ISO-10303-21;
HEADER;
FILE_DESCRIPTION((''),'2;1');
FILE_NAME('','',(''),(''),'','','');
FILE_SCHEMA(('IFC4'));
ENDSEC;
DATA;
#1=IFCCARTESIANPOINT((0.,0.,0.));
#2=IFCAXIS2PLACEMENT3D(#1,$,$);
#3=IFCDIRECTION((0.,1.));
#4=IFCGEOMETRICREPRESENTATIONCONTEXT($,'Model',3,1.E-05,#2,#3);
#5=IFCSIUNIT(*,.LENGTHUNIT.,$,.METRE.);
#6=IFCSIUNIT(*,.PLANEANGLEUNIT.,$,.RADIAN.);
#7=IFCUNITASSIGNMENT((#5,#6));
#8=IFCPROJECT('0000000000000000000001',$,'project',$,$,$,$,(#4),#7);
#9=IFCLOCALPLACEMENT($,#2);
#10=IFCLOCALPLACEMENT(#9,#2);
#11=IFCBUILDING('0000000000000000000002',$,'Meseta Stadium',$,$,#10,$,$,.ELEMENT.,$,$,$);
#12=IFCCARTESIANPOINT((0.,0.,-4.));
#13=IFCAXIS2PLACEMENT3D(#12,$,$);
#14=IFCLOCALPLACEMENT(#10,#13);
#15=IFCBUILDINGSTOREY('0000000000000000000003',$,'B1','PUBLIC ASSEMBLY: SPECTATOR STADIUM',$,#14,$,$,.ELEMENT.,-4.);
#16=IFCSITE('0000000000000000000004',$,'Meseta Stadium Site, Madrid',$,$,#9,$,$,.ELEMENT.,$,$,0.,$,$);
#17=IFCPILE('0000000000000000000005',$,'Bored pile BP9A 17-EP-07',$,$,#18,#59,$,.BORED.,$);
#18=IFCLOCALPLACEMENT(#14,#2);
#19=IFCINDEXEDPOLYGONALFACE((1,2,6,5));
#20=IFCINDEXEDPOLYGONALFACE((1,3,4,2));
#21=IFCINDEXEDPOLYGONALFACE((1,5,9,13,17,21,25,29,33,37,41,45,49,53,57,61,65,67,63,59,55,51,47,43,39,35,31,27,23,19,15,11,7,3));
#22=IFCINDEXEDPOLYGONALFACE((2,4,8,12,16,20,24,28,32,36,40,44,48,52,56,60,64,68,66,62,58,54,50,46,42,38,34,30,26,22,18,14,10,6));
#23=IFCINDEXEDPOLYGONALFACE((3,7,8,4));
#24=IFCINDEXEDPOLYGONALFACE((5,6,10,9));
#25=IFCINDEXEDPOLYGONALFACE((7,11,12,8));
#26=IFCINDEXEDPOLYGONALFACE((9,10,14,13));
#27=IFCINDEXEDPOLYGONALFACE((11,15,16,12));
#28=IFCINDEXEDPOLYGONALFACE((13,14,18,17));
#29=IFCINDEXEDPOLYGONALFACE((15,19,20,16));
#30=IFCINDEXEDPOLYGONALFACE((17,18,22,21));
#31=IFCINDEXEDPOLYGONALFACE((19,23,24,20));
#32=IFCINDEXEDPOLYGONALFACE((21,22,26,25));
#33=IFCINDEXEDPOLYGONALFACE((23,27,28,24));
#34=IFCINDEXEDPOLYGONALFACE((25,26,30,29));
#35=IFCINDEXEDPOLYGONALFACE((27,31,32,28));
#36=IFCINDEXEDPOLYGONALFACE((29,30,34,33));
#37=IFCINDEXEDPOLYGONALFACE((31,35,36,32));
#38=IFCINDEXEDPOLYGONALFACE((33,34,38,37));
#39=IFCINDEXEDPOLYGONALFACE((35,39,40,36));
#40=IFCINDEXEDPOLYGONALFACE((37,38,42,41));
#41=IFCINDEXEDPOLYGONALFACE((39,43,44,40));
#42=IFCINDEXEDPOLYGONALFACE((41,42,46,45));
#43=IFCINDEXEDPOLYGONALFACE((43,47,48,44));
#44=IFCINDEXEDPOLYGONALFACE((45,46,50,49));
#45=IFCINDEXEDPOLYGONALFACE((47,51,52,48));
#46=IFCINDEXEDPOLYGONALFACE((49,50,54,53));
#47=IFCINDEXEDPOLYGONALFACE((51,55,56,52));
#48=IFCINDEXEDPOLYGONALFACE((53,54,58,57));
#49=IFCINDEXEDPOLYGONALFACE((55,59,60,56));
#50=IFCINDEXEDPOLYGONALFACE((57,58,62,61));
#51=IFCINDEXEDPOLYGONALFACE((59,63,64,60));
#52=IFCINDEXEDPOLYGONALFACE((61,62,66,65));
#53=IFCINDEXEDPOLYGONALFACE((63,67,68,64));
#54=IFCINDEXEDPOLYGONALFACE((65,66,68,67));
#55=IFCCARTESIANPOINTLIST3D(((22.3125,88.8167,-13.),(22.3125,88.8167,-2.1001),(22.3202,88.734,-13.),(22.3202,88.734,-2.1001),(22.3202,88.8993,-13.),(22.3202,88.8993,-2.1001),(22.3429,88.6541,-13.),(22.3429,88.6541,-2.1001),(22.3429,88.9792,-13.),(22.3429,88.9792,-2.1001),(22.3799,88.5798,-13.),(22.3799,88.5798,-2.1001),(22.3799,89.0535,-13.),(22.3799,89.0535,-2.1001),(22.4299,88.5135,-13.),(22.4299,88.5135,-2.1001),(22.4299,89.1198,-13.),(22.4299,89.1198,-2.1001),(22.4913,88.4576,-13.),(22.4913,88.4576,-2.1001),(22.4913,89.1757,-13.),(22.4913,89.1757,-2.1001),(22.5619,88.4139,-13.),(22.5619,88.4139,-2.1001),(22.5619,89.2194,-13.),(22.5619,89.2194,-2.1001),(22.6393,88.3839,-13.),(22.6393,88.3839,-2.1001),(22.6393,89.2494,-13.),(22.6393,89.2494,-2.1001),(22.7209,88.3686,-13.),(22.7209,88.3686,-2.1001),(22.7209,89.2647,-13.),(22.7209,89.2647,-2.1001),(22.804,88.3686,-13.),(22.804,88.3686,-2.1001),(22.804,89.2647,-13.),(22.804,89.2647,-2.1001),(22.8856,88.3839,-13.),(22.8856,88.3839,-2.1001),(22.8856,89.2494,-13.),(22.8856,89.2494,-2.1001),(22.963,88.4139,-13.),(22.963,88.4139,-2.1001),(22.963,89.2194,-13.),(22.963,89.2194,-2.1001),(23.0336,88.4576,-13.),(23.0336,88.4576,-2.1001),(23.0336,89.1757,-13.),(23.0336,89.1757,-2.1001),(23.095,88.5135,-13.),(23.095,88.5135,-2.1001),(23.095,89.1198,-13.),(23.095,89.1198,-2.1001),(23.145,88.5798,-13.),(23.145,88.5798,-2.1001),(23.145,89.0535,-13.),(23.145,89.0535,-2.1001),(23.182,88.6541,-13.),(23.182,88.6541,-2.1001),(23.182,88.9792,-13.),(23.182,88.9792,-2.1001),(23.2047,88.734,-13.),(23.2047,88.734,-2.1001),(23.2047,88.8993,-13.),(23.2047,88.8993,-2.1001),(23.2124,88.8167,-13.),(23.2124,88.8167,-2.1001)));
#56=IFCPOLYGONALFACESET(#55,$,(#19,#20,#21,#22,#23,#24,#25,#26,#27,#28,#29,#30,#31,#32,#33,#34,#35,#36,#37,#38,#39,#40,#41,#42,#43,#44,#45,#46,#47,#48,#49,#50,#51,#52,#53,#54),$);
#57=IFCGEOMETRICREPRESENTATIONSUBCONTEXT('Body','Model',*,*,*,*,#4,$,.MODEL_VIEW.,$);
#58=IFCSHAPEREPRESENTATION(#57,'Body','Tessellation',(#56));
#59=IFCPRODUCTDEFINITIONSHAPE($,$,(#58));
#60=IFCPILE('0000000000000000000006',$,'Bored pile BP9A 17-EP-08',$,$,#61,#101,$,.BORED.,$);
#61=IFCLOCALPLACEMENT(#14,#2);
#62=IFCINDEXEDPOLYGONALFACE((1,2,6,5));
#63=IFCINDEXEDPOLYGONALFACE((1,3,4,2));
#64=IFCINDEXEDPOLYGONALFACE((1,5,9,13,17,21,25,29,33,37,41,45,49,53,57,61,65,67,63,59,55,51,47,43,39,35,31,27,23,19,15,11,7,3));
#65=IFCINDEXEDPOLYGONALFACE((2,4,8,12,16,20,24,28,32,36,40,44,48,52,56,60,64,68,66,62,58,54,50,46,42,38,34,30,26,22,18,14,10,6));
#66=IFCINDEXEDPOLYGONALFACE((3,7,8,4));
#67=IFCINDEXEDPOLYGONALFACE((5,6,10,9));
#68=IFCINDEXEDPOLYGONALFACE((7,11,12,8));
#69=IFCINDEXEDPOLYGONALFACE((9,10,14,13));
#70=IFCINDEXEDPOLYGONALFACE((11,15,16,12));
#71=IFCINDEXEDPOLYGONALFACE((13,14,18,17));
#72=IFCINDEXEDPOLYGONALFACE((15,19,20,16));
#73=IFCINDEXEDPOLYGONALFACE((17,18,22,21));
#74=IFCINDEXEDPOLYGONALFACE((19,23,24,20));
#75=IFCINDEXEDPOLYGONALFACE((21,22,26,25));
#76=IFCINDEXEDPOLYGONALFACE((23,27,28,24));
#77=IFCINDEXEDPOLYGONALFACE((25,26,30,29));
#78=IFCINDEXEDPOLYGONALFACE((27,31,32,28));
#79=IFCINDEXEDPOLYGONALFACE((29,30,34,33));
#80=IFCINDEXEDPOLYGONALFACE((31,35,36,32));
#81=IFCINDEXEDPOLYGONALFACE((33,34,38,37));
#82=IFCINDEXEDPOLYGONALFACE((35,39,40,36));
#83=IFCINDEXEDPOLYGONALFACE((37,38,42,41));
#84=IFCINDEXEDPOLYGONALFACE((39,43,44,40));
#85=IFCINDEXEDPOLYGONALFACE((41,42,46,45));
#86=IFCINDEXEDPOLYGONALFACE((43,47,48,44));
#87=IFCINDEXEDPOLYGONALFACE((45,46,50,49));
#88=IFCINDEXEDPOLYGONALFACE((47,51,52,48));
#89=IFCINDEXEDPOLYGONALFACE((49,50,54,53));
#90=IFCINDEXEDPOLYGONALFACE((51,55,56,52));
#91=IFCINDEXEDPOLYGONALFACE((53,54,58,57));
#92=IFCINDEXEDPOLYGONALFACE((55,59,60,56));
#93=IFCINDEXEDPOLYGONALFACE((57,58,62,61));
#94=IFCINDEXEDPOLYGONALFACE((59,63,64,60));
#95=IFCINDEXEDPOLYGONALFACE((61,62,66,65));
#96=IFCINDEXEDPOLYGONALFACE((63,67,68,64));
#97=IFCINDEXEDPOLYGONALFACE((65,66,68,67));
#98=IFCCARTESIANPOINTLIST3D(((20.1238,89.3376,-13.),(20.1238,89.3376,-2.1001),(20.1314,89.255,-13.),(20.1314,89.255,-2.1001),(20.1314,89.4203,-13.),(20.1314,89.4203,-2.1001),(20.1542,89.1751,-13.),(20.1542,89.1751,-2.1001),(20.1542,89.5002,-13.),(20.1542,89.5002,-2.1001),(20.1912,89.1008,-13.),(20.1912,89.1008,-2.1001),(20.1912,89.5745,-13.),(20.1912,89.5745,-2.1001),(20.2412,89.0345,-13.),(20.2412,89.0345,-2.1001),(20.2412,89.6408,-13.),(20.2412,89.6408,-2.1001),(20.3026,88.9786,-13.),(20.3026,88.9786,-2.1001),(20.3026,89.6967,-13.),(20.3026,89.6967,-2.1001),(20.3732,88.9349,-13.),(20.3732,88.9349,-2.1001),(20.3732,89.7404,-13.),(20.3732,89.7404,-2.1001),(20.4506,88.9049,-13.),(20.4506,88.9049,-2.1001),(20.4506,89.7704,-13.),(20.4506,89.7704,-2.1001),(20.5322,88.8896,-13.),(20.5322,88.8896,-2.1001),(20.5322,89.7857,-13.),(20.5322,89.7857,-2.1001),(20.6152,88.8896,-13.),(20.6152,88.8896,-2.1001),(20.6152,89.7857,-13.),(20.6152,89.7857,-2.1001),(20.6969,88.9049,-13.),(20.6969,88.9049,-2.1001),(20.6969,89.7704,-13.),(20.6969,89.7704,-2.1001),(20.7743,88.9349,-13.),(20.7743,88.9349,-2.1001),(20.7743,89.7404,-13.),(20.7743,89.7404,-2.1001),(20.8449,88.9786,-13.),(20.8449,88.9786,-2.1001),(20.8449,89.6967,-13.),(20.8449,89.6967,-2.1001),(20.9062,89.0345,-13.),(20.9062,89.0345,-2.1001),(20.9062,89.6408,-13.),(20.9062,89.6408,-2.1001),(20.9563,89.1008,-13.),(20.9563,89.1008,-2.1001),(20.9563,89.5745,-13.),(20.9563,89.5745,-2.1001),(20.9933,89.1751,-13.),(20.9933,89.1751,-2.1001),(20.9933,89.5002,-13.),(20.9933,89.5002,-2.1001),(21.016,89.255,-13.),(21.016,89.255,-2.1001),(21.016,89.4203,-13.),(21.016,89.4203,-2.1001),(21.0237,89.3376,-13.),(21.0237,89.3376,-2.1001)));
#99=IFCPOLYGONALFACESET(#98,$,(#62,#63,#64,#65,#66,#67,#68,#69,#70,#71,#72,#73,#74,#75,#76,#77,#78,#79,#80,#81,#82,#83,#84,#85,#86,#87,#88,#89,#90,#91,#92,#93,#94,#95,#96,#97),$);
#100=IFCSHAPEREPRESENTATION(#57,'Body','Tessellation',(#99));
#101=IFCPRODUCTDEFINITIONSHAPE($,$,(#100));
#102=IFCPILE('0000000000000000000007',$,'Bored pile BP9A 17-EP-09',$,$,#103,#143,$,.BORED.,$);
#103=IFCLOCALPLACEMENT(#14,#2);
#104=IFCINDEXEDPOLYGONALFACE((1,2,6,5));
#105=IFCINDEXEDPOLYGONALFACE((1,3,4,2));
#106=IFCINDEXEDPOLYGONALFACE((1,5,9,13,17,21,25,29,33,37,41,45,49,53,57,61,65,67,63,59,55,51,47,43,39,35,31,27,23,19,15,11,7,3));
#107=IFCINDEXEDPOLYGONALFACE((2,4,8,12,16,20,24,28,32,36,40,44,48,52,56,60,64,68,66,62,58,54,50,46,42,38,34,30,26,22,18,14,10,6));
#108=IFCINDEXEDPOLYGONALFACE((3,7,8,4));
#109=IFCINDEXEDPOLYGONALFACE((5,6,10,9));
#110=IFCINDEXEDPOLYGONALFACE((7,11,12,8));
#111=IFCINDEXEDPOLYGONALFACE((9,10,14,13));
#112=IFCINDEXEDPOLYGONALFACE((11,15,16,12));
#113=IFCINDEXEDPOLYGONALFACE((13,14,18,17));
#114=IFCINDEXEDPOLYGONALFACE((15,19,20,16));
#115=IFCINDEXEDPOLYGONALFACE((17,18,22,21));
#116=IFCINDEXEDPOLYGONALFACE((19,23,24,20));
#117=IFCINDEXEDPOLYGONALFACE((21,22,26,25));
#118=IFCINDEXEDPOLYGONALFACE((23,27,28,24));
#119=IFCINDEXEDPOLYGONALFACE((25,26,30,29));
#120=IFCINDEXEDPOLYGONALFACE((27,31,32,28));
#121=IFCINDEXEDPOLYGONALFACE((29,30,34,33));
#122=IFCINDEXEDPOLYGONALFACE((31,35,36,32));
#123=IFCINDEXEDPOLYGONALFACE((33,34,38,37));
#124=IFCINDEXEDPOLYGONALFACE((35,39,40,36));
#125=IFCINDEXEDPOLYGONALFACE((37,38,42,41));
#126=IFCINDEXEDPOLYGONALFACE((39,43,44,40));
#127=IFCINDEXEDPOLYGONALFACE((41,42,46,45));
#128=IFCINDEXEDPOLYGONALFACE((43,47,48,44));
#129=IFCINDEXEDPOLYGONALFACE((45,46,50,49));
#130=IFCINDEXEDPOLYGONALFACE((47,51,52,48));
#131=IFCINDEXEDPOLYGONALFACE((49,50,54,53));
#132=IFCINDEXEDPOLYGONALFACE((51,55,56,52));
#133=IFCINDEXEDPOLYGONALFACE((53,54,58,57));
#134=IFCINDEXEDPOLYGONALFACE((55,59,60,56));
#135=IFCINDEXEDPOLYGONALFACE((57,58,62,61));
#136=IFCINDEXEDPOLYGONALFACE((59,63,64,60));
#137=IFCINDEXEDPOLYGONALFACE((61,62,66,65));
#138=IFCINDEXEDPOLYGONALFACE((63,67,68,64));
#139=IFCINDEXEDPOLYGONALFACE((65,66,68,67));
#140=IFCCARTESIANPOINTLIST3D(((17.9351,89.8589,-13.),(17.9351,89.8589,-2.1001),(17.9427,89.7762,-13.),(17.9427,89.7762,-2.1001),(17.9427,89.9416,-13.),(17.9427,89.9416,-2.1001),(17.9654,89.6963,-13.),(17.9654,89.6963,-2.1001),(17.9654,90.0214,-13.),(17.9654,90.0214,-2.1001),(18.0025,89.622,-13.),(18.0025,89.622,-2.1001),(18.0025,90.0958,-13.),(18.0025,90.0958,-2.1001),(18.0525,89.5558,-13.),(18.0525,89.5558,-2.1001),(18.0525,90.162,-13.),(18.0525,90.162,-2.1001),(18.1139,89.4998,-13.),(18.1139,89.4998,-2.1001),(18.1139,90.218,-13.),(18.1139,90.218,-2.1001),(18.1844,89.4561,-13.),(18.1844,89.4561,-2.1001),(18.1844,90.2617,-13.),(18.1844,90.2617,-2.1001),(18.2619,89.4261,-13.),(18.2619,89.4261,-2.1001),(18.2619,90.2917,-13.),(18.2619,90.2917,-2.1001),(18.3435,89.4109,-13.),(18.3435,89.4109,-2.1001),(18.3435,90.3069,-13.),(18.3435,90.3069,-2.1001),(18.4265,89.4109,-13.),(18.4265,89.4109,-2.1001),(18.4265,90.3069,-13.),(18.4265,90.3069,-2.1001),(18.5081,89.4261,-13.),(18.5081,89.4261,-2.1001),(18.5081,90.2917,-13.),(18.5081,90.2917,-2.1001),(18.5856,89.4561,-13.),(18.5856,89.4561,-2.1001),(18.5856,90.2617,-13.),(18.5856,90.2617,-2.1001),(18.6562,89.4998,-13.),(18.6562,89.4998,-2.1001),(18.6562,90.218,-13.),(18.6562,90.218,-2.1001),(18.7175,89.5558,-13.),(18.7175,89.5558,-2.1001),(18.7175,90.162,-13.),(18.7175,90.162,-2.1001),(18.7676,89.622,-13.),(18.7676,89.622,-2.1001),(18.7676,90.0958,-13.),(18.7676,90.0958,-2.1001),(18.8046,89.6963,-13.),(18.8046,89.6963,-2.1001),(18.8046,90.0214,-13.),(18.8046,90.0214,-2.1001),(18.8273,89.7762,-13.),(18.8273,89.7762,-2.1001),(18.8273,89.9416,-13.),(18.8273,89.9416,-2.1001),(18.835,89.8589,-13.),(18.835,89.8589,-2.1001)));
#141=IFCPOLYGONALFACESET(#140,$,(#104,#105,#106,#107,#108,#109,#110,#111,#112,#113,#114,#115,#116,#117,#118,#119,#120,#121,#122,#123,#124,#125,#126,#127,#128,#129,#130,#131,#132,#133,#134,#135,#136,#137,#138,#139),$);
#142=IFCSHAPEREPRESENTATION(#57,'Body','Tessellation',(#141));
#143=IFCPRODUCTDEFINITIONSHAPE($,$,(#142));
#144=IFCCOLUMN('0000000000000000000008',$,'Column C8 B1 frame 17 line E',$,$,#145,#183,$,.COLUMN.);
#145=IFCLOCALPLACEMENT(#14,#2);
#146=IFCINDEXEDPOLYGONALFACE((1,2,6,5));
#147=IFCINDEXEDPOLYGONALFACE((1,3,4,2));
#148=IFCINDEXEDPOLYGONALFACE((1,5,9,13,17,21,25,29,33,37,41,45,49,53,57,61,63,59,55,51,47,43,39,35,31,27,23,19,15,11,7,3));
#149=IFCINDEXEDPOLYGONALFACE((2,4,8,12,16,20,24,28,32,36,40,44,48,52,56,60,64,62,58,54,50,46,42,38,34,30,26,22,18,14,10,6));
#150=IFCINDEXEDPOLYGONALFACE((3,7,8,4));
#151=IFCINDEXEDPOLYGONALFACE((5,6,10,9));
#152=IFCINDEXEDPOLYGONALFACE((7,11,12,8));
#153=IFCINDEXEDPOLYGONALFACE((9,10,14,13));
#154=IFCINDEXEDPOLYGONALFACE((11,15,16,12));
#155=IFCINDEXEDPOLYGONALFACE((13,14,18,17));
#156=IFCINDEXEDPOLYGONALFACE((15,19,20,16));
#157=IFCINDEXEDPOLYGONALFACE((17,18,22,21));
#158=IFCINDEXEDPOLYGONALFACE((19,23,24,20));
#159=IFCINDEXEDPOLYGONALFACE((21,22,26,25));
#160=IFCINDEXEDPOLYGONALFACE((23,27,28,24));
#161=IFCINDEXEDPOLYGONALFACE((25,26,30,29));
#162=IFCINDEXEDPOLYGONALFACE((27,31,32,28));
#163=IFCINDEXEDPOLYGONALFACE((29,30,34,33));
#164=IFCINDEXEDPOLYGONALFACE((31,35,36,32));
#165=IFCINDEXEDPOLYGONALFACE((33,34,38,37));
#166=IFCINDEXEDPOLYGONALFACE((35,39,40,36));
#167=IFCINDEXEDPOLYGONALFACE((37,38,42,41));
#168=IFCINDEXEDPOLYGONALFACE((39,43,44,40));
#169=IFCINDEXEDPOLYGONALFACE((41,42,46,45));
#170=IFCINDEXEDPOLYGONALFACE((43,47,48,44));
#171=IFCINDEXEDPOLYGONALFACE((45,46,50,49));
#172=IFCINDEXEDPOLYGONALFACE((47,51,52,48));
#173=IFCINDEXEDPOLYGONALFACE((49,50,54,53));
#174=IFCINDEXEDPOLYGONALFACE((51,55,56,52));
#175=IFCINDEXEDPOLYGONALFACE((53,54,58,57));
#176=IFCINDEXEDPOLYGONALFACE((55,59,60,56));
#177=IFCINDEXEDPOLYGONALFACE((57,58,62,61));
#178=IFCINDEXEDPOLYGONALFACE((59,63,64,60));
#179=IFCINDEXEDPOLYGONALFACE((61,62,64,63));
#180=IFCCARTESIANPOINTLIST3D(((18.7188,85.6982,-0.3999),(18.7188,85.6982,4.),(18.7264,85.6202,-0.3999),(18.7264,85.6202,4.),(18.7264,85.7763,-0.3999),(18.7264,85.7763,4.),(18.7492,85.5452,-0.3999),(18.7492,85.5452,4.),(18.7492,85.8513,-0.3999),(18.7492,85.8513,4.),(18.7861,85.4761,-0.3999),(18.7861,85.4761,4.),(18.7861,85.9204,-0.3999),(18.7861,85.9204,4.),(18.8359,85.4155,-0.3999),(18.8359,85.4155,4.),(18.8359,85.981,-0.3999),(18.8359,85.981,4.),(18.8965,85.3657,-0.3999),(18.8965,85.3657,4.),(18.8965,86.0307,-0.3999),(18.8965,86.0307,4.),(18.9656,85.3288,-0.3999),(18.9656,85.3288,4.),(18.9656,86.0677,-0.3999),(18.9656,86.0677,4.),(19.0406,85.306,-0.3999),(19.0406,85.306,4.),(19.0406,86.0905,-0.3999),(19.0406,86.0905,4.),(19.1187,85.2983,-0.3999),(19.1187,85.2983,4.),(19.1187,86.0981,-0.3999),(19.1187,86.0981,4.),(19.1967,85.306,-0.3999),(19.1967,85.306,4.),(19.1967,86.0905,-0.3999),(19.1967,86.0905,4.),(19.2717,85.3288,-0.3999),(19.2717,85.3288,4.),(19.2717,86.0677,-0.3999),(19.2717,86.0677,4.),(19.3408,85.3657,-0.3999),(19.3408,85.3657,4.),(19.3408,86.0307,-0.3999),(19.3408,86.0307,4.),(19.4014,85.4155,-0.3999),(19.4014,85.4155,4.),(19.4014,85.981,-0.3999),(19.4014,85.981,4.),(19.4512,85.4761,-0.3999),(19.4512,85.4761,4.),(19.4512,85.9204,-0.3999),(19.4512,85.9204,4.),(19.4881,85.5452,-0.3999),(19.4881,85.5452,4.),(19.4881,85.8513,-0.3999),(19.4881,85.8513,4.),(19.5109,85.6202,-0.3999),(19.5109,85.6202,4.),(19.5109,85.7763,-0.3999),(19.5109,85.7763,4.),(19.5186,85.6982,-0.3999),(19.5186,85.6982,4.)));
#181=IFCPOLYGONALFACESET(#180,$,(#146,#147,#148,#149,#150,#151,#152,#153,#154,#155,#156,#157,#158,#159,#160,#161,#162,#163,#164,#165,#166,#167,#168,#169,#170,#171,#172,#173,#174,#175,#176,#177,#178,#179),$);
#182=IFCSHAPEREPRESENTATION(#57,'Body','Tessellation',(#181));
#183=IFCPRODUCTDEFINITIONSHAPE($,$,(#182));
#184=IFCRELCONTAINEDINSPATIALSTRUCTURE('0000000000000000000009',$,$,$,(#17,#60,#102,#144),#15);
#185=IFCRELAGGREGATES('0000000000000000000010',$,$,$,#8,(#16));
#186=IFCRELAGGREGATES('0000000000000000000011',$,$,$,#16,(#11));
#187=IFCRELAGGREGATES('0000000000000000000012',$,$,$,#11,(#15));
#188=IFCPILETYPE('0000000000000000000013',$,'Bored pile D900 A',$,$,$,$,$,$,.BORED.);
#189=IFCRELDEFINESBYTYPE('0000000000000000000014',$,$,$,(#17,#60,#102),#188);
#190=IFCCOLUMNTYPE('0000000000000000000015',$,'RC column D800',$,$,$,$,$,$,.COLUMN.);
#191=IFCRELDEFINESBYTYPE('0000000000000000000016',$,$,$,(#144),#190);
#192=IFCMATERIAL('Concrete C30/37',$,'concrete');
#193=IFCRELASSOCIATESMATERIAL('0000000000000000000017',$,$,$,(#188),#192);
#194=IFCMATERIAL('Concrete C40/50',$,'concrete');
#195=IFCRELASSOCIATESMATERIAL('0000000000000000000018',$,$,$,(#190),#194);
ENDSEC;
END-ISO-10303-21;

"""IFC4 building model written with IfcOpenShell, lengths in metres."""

from ifc_helpers import new_model, si_unit, direction, frame, origin, origin_2d, place, context, subcontext, project, spatial, circle, extrude, material, material_profile, profile_set, type_object, element, save


model = new_model("IFC4")

# Units and contexts
model_context = context("Model", 3, precision=1e-05, world=origin(), true_north=direction((0.0, 1.0)))
body_context = subcontext(model_context, "Body", "Model", "MODEL_VIEW")
ifc_project = project(units=[si_unit("LENGTHUNIT", "METRE"), si_unit("PLANEANGLEUNIT", "RADIAN")], contexts=[model_context])

# Site, building, storey
site_placement = place(None, origin())
site = spatial("IfcSite", under=ifc_project, at=site_placement, Name="Meseta Stadium Site, Madrid", CompositionType="ELEMENT", RefElevation=0.0)
building_placement = place(site_placement, origin())
building = spatial("IfcBuilding", under=site, at=building_placement, Name="Meseta Stadium", CompositionType="ELEMENT")
storey_placement = place(building_placement, frame((0.0, 0.0, -4.0)))
storey = spatial("IfcBuildingStorey", under=building, at=storey_placement, Name="B1", Description="PUBLIC ASSEMBLY: SPECTATOR STADIUM", CompositionType="ELEMENT", Elevation=-4.0)

# Piles
ifc_material_1 = material(Name="Concrete C30/37", Category="concrete")
ifc_material_profile_1 = material_profile(ifc_material_1, circle(Radius=0.45, at=origin_2d()), Name="D900")
ifc_profile_set_1 = profile_set([ifc_material_profile_1], Name="Concrete C30/37")
pile_type = type_object("IfcPileType", Name="Bored pile D900 A", PredefinedType="BORED", material=ifc_profile_set_1)
for number, where, z_axis, x_axis, name in (
    (1, (22.7625, 88.8167, -2.1001), (0.0, 0.0, -1.0), (1.0, 0.0, 0.0), "Bored pile BP9A 17-EP-07"),
    (2, (20.5737, 89.3376, -2.1001), (0.0, 0.0, -1.0), (1.0, 0.0, 0.0), "Bored pile BP9A 17-EP-08"),
    (3, (18.385, 89.8589, -2.1001), (0.0, 0.0, -1.0), (1.0, 0.0, 0.0), "Bored pile BP9A 17-EP-09"),
):
    element("IfcPile", number, at=place(storey_placement, frame(where, z_axis=z_axis, x_axis=x_axis)), inside=storey, type_object=pile_type, Name=name, PredefinedType="BORED", context=body_context, shape_type="SweptSolid", body=[
        extrude(circle(Radius=0.45, at=origin_2d()), origin(), (0.0, 0.0, 1.0), 10.8999),
    ])

# Column
ifc_material_2 = material(Name="Concrete C40/50", Category="concrete")
ifc_material_profile_2 = material_profile(ifc_material_2, circle(Radius=0.3999, at=origin_2d()), Name="RC D800")
ifc_profile_set_2 = profile_set([ifc_material_profile_2], Name="Concrete C40/50")
column_type_1 = type_object("IfcColumnType", Name="RC column D800", PredefinedType="COLUMN", material=ifc_profile_set_2)
column_1_placement = place(storey_placement, frame((19.1187, 85.6982, -0.3999), z_axis=(0.0, 0.0, 1.0), x_axis=(1.0, 0.0, 0.0)))
element("IfcColumn", 4, at=column_1_placement, inside=storey, type_object=column_type_1, Name="Column C8 B1 frame 17 line E", PredefinedType="COLUMN", context=body_context, shape_type="SweptSolid", body=[
    extrude(circle(Radius=0.3999, at=origin_2d()), origin(), (0.0, 0.0, 1.0), 4.3999),
])

save(model, "model.ifc")
